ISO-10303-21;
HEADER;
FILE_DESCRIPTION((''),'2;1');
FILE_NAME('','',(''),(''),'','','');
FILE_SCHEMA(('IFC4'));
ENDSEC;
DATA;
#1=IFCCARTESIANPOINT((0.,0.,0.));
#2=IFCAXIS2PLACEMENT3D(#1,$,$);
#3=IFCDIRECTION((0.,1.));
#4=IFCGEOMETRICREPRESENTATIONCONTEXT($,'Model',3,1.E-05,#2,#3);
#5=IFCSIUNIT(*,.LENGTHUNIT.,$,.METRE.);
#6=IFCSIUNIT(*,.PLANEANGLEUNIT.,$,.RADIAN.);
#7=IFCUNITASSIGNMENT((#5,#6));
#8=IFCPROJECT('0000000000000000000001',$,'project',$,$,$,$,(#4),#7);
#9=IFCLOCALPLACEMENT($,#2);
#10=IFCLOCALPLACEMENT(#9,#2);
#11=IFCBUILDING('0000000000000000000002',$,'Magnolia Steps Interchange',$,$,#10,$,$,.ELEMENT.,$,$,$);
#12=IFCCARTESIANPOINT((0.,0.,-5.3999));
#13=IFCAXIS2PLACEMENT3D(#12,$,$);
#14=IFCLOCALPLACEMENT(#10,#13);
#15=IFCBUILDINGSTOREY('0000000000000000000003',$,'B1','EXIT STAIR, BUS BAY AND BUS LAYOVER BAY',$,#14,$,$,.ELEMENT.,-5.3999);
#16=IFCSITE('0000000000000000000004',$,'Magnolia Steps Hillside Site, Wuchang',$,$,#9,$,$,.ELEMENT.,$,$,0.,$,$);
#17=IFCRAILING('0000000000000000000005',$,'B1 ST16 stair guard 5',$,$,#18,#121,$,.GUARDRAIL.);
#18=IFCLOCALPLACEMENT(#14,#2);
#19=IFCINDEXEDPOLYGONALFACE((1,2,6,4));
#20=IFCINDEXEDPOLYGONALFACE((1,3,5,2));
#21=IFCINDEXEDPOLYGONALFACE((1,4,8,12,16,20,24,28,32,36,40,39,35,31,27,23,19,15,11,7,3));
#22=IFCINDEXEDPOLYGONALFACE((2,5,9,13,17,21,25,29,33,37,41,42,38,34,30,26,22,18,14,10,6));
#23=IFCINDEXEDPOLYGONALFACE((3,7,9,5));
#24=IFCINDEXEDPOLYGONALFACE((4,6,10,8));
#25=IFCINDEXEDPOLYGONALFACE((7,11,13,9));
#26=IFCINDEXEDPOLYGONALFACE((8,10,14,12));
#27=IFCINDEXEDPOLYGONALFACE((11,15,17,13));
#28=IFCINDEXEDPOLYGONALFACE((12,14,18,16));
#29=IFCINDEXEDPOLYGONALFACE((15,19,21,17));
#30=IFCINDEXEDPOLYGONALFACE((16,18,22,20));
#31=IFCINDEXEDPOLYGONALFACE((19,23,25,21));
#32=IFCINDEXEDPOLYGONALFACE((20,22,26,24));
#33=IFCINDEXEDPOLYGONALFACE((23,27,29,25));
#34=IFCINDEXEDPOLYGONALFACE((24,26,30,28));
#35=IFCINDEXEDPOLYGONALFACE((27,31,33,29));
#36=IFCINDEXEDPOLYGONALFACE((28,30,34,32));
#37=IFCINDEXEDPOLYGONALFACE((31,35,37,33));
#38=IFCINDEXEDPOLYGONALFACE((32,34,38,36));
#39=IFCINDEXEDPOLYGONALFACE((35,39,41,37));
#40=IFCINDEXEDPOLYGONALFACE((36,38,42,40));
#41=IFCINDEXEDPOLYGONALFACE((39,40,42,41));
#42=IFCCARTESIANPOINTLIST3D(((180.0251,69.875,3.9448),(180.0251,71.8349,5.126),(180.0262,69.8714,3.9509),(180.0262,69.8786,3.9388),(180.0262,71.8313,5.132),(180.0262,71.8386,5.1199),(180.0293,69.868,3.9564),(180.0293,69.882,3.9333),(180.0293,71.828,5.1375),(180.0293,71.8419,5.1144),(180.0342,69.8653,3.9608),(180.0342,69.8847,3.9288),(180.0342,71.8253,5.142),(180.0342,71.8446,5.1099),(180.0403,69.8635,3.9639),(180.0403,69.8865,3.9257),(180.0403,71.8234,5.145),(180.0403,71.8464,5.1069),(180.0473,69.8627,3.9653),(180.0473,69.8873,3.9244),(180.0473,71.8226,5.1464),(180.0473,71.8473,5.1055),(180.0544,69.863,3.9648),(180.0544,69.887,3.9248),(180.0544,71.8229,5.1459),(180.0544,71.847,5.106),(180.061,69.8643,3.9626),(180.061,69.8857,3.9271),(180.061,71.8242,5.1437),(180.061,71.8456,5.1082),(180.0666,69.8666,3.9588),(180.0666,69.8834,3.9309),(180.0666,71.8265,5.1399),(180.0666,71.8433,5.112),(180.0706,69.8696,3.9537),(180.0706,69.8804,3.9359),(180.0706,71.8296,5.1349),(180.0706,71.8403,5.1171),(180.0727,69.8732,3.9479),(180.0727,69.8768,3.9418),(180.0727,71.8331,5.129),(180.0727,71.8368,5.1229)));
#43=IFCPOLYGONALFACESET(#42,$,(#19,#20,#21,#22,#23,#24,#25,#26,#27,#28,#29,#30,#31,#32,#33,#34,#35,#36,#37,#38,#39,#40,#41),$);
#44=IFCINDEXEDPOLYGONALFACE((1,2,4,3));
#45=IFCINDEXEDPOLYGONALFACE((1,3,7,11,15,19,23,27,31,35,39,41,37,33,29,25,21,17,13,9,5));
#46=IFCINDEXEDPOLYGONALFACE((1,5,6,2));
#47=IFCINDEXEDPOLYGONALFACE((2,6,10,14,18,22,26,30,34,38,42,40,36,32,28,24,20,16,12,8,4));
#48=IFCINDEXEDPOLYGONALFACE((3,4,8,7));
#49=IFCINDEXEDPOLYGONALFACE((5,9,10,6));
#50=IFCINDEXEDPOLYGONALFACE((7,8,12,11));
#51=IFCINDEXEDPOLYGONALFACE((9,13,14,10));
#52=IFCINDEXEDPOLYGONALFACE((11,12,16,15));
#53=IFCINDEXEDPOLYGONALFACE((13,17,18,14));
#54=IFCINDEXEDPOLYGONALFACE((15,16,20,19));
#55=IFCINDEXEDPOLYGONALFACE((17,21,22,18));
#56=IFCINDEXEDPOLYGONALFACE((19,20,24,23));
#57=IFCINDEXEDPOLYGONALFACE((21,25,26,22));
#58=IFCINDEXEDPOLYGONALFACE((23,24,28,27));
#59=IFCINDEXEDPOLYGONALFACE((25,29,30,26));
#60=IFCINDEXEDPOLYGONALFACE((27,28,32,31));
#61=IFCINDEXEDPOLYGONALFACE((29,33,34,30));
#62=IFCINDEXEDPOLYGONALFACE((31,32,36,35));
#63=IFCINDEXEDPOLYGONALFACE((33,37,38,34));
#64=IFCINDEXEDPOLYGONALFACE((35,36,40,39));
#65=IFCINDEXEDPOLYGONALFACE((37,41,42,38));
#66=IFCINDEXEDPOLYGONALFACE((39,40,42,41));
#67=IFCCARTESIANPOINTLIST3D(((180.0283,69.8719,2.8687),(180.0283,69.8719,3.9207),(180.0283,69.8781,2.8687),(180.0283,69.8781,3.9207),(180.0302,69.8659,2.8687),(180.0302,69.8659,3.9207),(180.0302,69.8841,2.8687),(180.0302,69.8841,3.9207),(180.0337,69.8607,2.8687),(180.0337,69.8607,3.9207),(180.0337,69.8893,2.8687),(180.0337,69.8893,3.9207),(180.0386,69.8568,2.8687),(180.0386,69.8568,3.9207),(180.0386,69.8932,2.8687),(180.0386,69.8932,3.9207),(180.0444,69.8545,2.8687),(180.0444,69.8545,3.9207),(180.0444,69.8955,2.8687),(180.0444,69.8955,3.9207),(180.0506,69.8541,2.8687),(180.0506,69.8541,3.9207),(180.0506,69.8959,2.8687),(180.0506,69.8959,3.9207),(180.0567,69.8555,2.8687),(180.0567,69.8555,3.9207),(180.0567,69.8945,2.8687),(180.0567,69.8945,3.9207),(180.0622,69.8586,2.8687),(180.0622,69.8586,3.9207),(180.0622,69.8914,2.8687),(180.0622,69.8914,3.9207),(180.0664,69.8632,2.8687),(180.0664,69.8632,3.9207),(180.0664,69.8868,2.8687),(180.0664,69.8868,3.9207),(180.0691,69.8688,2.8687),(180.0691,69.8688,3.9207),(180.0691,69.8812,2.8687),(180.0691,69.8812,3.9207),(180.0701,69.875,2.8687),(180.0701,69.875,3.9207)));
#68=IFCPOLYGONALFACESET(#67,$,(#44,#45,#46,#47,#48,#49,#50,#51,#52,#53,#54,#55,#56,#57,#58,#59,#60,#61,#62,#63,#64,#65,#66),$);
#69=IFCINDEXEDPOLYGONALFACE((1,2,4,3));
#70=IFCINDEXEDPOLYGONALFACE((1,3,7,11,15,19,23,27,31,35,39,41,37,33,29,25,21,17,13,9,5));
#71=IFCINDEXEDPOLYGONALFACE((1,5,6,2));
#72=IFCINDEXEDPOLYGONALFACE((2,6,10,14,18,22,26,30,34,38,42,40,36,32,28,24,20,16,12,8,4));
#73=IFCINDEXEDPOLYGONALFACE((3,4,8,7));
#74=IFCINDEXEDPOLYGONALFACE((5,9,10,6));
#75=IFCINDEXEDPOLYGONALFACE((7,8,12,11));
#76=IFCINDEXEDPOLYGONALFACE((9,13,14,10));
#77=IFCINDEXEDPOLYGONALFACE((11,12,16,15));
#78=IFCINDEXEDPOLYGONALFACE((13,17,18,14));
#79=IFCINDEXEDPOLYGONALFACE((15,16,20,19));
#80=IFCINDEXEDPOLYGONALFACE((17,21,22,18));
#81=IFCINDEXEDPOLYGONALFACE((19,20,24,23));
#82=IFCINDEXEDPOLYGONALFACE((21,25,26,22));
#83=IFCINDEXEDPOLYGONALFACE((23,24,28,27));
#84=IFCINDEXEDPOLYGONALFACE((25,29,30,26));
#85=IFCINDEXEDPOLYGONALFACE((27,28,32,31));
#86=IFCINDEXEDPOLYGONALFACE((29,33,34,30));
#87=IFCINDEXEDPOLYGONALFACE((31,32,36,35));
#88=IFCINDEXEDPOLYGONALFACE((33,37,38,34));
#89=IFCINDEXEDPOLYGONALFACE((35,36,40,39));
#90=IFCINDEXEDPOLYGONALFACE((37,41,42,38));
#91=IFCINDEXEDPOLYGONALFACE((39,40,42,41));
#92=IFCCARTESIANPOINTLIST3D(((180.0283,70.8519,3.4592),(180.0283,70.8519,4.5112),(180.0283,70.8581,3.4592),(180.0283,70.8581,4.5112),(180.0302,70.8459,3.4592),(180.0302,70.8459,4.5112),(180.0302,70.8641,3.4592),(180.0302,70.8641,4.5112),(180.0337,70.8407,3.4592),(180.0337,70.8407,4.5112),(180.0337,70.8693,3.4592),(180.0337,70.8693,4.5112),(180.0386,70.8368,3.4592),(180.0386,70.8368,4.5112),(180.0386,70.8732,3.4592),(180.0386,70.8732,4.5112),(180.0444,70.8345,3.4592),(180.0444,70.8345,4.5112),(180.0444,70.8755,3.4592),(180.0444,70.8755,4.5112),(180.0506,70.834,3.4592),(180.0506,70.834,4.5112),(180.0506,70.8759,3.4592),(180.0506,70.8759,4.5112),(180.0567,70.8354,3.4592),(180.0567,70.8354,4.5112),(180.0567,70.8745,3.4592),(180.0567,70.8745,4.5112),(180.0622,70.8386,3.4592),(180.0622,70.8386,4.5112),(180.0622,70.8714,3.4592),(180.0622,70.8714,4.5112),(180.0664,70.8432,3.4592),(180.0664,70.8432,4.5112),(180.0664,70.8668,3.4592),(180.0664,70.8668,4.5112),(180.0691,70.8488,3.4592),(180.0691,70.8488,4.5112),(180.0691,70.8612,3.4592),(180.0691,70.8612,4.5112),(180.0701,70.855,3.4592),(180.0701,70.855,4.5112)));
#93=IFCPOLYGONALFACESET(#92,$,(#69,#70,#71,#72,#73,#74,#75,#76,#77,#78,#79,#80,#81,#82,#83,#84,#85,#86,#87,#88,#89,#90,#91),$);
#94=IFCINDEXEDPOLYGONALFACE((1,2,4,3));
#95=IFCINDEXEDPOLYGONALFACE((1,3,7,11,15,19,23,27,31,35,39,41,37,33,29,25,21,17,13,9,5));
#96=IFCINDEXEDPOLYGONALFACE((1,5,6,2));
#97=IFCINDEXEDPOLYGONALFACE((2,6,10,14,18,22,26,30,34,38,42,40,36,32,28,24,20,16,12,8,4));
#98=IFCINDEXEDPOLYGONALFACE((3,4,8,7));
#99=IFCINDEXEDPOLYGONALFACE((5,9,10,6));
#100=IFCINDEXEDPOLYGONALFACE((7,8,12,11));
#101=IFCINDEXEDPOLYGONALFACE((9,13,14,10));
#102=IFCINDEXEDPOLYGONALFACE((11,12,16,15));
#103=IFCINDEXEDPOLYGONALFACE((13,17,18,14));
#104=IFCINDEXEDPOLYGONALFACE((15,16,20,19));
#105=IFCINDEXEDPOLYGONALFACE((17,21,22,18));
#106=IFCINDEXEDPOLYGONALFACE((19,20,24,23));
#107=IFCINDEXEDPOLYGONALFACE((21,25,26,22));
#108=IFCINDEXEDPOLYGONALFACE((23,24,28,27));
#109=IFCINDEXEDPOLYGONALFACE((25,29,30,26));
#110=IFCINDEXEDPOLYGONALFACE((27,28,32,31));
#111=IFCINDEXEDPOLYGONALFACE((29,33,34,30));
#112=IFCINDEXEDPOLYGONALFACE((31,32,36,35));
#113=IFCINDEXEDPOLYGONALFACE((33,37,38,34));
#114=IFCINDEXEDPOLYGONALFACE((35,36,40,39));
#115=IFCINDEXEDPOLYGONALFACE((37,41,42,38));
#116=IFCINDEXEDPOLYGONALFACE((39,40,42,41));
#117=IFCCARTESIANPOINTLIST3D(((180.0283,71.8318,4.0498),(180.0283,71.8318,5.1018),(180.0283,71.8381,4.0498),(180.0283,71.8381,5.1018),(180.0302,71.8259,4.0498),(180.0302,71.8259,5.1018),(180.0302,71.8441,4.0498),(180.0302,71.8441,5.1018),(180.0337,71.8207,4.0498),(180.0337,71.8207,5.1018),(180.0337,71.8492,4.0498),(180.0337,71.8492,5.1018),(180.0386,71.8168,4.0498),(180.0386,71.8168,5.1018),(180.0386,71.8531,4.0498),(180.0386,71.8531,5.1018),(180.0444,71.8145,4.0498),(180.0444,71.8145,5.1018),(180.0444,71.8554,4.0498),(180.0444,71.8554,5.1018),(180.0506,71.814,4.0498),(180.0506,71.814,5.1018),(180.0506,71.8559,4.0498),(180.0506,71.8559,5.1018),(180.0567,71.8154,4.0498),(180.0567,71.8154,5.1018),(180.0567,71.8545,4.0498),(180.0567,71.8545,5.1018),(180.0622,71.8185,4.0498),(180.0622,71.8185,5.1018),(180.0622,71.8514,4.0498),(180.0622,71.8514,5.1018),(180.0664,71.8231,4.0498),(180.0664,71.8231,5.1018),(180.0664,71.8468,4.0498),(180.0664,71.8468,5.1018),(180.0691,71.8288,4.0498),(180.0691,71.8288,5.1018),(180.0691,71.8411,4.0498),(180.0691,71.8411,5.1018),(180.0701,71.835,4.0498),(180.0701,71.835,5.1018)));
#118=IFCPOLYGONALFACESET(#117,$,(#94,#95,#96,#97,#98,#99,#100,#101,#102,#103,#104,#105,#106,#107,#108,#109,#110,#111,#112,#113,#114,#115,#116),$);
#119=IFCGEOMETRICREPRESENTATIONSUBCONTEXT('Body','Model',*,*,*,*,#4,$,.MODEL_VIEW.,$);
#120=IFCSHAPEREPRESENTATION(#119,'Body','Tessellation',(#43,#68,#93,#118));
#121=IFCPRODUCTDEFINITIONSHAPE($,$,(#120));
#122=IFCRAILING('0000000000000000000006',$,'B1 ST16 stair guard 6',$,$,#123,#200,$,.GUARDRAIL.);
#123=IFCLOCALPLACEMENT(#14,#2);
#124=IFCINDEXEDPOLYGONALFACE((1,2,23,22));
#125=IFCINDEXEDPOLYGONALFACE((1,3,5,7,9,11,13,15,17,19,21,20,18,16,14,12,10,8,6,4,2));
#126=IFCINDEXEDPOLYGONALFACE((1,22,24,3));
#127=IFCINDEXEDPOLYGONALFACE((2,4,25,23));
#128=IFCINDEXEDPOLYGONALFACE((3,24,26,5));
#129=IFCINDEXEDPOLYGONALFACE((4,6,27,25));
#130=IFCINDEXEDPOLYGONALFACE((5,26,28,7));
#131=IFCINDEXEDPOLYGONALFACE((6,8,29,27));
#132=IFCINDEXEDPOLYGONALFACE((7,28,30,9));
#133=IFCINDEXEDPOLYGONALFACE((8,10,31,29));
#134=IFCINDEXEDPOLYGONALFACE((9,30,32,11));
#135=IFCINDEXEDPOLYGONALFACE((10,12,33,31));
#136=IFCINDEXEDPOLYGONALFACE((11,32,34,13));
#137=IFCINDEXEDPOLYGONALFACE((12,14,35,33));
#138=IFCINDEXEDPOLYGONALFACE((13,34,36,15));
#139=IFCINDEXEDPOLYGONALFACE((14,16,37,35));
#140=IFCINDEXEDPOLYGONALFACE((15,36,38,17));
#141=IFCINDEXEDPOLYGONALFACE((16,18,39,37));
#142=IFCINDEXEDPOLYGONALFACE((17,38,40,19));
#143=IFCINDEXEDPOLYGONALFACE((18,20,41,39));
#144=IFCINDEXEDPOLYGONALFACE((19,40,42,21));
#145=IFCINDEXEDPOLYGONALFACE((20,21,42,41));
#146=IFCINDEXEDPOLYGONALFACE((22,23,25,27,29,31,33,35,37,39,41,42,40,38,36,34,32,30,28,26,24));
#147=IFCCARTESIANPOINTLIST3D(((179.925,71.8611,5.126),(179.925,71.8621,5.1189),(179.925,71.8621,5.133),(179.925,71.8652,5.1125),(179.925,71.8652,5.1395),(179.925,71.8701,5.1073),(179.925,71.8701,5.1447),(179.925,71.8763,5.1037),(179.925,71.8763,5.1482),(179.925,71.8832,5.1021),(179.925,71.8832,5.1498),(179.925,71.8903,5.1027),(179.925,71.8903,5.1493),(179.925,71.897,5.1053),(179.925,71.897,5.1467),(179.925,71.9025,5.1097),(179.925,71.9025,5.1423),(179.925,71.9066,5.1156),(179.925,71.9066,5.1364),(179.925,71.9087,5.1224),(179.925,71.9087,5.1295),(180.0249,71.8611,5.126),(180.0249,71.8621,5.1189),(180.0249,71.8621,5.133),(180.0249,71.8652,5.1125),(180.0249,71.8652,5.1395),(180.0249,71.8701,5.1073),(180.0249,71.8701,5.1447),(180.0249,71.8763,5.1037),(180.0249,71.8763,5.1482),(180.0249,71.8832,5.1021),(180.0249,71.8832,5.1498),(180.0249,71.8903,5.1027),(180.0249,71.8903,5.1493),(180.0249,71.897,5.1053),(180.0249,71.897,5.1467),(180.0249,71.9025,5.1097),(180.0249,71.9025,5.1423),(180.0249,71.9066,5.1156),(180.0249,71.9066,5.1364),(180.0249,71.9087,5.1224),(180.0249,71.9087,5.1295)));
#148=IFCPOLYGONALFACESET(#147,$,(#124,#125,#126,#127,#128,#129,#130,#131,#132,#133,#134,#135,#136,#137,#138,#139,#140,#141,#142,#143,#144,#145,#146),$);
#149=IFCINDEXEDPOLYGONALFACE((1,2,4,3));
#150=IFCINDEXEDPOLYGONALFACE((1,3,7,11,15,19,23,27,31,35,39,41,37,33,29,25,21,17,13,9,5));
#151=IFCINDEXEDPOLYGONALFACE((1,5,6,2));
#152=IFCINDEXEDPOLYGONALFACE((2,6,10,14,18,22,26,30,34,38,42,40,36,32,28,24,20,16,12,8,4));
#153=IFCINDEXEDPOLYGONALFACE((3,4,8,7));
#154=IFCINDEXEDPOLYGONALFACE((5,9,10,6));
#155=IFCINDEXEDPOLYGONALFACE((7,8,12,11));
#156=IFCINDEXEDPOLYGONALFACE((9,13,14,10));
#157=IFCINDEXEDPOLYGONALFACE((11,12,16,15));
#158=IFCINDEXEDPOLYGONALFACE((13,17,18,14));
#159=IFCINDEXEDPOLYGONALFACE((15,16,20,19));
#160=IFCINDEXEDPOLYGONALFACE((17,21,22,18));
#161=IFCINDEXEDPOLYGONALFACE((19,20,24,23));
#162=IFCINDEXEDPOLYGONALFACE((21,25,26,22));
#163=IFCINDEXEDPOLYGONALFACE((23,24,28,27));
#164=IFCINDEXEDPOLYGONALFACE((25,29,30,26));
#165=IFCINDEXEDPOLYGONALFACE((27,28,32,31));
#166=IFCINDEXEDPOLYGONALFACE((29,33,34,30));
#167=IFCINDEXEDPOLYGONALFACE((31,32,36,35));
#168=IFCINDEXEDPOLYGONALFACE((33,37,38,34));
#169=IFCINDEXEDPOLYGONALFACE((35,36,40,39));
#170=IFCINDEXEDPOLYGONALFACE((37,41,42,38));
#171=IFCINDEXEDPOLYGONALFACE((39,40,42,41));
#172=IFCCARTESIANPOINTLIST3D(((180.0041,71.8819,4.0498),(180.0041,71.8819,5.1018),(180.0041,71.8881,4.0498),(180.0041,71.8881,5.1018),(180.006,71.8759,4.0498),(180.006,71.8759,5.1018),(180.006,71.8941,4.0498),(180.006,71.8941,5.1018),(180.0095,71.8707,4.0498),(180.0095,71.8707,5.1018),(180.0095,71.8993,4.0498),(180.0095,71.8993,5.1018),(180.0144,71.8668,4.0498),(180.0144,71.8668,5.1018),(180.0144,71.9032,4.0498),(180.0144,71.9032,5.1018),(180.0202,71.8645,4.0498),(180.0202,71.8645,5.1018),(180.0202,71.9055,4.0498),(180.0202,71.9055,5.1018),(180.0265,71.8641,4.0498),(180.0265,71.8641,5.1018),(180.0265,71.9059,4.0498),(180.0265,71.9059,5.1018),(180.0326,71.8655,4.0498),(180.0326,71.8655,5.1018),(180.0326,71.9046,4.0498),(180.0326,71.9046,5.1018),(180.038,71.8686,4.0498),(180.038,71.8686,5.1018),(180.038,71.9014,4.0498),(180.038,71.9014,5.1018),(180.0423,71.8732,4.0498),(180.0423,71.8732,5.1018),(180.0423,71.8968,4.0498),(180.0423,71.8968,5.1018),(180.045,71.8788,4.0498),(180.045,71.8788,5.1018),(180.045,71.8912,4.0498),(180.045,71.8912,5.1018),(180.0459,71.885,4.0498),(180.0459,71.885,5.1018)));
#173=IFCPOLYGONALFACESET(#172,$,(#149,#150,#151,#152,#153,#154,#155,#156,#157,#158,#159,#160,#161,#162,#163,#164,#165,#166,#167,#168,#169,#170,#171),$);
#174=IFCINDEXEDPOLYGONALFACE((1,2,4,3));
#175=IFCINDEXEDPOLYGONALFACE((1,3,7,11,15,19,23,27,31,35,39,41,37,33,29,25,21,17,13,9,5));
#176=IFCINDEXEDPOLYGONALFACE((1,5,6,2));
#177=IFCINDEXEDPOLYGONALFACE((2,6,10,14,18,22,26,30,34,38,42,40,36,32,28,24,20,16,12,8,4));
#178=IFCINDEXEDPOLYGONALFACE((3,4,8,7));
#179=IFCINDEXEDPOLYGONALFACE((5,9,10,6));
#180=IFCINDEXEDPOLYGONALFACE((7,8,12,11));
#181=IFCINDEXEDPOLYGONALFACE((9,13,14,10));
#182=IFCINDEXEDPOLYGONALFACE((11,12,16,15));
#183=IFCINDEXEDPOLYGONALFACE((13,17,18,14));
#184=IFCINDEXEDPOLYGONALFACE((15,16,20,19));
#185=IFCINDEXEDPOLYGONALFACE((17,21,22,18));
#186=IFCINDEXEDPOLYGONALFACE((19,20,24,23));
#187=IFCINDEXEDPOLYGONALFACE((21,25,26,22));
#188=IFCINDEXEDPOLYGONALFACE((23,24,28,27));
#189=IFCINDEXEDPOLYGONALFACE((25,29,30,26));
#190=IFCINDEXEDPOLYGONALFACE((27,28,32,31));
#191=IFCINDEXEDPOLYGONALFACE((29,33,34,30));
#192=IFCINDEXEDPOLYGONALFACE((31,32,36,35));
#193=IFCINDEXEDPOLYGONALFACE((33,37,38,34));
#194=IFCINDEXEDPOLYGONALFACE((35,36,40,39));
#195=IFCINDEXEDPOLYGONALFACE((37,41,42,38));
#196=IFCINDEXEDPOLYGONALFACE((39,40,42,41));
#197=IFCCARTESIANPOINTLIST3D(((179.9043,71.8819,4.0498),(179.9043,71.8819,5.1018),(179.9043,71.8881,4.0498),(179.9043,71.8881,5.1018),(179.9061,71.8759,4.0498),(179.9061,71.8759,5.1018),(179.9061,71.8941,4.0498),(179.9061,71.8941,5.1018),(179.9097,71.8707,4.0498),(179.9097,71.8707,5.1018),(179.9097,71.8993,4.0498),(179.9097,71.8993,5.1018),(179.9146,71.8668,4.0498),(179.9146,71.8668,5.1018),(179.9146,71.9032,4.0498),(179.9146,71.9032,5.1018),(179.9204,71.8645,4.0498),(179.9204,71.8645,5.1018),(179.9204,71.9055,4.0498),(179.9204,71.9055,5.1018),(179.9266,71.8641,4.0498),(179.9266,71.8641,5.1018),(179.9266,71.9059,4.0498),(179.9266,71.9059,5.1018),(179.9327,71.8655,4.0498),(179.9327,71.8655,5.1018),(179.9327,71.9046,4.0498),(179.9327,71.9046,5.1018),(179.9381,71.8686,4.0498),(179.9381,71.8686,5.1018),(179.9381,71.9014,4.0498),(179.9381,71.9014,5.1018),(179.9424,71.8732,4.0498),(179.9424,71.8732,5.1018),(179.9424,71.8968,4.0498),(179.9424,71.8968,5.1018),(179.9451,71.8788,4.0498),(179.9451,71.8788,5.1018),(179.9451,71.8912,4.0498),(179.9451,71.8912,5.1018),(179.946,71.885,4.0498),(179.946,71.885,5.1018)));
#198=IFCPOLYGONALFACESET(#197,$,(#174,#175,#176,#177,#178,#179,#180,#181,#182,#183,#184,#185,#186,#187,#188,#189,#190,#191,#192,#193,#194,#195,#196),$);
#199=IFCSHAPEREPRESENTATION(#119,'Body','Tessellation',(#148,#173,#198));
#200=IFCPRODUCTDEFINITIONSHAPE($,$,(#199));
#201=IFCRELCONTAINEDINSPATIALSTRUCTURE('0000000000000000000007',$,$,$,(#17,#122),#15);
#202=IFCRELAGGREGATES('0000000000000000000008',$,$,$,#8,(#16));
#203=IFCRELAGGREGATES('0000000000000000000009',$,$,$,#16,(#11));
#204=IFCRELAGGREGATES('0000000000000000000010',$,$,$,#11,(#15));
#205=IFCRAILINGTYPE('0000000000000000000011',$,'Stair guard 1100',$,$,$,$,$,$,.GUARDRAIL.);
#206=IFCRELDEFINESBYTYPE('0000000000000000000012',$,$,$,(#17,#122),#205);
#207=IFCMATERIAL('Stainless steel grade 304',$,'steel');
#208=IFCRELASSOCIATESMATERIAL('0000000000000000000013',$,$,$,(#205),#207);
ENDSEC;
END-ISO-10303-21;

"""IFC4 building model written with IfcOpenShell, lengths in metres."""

from ifc_helpers import new_model, si_unit, direction, frame, origin, origin_2d, place, context, subcontext, project, spatial, circle, extrude, material, type_object, element, save


model = new_model("IFC4")

# Units and contexts
model_context = context("Model", 3, precision=1e-05, world=origin(), true_north=direction((0.0, 1.0)))
body_context = subcontext(model_context, "Body", "Model", "MODEL_VIEW")
ifc_project = project(units=[si_unit("LENGTHUNIT", "METRE"), si_unit("PLANEANGLEUNIT", "RADIAN")], contexts=[model_context])

# Site, building, storey
site_placement = place(None, origin())
site = spatial("IfcSite", under=ifc_project, at=site_placement, Name="Magnolia Steps Hillside Site, Wuchang", CompositionType="ELEMENT", RefElevation=0.0)
building_placement = place(site_placement, origin())
building = spatial("IfcBuilding", under=site, at=building_placement, Name="Magnolia Steps Interchange", CompositionType="ELEMENT")
storey_placement = place(building_placement, frame((0.0, 0.0, -5.3999)))
storey = spatial("IfcBuildingStorey", under=building, at=storey_placement, Name="B1", Description="EXIT STAIR, BUS BAY AND BUS LAYOVER BAY", CompositionType="ELEMENT", Elevation=-5.3999)

# Railings
ifc_material_1 = material(Name="Stainless steel grade 304", Category="steel")
railing_type_1 = type_object("IfcRailingType", Name="Stair guard 1100", PredefinedType="GUARDRAIL", material=ifc_material_1)
railing_1_placement = place(storey_placement, frame((180.0491, 69.875, 2.8687)))
element("IfcRailing", 1, at=railing_1_placement, inside=storey, type_object=railing_type_1, Name="B1 ST16 stair guard 5", PredefinedType="GUARDRAIL", context=body_context, shape_type="SweptSolid", body=[
    extrude(circle(Radius=0.0239, at=origin_2d()), frame((0.0, 0.0, 1.0762), z_axis=(0.0, 0.856493, 0.516158), x_axis=(-1.0, 0.0, 0.0)), (0.0, 0.0, 1.0), 2.2883),
    extrude(circle(Radius=0.021, at=origin_2d()), origin(), (0.0, 0.0, 1.0), 1.052),
    extrude(circle(Radius=0.021, at=origin_2d()), frame((0.0, 0.98, 0.5906)), (0.0, 0.0, 1.0), 1.052),
    extrude(circle(Radius=0.021, at=origin_2d()), frame((0.0, 1.96, 1.1812)), (0.0, 0.0, 1.0), 1.052),
])
railing_2_placement = place(storey_placement, frame((180.0249, 71.885, 4.0498)))
element("IfcRailing", 2, at=railing_2_placement, inside=storey, type_object=railing_type_1, Name="B1 ST16 stair guard 6", PredefinedType="GUARDRAIL", context=body_context, shape_type="SweptSolid", body=[
    extrude(circle(Radius=0.0239, at=origin_2d()), frame((0.0, 0.0, 1.0762), z_axis=(-1.0, 0.0, 0.0), x_axis=(0.0, -1.0, 0.0)), (0.0, 0.0, 1.0), 0.0999),
    extrude(circle(Radius=0.021, at=origin_2d()), origin(), (0.0, 0.0, 1.0), 1.052),
    extrude(circle(Radius=0.021, at=origin_2d()), frame((-0.0999, 0.0, 0.0)), (0.0, 0.0, 1.0), 1.052),
])

save(model, "model.ifc")
